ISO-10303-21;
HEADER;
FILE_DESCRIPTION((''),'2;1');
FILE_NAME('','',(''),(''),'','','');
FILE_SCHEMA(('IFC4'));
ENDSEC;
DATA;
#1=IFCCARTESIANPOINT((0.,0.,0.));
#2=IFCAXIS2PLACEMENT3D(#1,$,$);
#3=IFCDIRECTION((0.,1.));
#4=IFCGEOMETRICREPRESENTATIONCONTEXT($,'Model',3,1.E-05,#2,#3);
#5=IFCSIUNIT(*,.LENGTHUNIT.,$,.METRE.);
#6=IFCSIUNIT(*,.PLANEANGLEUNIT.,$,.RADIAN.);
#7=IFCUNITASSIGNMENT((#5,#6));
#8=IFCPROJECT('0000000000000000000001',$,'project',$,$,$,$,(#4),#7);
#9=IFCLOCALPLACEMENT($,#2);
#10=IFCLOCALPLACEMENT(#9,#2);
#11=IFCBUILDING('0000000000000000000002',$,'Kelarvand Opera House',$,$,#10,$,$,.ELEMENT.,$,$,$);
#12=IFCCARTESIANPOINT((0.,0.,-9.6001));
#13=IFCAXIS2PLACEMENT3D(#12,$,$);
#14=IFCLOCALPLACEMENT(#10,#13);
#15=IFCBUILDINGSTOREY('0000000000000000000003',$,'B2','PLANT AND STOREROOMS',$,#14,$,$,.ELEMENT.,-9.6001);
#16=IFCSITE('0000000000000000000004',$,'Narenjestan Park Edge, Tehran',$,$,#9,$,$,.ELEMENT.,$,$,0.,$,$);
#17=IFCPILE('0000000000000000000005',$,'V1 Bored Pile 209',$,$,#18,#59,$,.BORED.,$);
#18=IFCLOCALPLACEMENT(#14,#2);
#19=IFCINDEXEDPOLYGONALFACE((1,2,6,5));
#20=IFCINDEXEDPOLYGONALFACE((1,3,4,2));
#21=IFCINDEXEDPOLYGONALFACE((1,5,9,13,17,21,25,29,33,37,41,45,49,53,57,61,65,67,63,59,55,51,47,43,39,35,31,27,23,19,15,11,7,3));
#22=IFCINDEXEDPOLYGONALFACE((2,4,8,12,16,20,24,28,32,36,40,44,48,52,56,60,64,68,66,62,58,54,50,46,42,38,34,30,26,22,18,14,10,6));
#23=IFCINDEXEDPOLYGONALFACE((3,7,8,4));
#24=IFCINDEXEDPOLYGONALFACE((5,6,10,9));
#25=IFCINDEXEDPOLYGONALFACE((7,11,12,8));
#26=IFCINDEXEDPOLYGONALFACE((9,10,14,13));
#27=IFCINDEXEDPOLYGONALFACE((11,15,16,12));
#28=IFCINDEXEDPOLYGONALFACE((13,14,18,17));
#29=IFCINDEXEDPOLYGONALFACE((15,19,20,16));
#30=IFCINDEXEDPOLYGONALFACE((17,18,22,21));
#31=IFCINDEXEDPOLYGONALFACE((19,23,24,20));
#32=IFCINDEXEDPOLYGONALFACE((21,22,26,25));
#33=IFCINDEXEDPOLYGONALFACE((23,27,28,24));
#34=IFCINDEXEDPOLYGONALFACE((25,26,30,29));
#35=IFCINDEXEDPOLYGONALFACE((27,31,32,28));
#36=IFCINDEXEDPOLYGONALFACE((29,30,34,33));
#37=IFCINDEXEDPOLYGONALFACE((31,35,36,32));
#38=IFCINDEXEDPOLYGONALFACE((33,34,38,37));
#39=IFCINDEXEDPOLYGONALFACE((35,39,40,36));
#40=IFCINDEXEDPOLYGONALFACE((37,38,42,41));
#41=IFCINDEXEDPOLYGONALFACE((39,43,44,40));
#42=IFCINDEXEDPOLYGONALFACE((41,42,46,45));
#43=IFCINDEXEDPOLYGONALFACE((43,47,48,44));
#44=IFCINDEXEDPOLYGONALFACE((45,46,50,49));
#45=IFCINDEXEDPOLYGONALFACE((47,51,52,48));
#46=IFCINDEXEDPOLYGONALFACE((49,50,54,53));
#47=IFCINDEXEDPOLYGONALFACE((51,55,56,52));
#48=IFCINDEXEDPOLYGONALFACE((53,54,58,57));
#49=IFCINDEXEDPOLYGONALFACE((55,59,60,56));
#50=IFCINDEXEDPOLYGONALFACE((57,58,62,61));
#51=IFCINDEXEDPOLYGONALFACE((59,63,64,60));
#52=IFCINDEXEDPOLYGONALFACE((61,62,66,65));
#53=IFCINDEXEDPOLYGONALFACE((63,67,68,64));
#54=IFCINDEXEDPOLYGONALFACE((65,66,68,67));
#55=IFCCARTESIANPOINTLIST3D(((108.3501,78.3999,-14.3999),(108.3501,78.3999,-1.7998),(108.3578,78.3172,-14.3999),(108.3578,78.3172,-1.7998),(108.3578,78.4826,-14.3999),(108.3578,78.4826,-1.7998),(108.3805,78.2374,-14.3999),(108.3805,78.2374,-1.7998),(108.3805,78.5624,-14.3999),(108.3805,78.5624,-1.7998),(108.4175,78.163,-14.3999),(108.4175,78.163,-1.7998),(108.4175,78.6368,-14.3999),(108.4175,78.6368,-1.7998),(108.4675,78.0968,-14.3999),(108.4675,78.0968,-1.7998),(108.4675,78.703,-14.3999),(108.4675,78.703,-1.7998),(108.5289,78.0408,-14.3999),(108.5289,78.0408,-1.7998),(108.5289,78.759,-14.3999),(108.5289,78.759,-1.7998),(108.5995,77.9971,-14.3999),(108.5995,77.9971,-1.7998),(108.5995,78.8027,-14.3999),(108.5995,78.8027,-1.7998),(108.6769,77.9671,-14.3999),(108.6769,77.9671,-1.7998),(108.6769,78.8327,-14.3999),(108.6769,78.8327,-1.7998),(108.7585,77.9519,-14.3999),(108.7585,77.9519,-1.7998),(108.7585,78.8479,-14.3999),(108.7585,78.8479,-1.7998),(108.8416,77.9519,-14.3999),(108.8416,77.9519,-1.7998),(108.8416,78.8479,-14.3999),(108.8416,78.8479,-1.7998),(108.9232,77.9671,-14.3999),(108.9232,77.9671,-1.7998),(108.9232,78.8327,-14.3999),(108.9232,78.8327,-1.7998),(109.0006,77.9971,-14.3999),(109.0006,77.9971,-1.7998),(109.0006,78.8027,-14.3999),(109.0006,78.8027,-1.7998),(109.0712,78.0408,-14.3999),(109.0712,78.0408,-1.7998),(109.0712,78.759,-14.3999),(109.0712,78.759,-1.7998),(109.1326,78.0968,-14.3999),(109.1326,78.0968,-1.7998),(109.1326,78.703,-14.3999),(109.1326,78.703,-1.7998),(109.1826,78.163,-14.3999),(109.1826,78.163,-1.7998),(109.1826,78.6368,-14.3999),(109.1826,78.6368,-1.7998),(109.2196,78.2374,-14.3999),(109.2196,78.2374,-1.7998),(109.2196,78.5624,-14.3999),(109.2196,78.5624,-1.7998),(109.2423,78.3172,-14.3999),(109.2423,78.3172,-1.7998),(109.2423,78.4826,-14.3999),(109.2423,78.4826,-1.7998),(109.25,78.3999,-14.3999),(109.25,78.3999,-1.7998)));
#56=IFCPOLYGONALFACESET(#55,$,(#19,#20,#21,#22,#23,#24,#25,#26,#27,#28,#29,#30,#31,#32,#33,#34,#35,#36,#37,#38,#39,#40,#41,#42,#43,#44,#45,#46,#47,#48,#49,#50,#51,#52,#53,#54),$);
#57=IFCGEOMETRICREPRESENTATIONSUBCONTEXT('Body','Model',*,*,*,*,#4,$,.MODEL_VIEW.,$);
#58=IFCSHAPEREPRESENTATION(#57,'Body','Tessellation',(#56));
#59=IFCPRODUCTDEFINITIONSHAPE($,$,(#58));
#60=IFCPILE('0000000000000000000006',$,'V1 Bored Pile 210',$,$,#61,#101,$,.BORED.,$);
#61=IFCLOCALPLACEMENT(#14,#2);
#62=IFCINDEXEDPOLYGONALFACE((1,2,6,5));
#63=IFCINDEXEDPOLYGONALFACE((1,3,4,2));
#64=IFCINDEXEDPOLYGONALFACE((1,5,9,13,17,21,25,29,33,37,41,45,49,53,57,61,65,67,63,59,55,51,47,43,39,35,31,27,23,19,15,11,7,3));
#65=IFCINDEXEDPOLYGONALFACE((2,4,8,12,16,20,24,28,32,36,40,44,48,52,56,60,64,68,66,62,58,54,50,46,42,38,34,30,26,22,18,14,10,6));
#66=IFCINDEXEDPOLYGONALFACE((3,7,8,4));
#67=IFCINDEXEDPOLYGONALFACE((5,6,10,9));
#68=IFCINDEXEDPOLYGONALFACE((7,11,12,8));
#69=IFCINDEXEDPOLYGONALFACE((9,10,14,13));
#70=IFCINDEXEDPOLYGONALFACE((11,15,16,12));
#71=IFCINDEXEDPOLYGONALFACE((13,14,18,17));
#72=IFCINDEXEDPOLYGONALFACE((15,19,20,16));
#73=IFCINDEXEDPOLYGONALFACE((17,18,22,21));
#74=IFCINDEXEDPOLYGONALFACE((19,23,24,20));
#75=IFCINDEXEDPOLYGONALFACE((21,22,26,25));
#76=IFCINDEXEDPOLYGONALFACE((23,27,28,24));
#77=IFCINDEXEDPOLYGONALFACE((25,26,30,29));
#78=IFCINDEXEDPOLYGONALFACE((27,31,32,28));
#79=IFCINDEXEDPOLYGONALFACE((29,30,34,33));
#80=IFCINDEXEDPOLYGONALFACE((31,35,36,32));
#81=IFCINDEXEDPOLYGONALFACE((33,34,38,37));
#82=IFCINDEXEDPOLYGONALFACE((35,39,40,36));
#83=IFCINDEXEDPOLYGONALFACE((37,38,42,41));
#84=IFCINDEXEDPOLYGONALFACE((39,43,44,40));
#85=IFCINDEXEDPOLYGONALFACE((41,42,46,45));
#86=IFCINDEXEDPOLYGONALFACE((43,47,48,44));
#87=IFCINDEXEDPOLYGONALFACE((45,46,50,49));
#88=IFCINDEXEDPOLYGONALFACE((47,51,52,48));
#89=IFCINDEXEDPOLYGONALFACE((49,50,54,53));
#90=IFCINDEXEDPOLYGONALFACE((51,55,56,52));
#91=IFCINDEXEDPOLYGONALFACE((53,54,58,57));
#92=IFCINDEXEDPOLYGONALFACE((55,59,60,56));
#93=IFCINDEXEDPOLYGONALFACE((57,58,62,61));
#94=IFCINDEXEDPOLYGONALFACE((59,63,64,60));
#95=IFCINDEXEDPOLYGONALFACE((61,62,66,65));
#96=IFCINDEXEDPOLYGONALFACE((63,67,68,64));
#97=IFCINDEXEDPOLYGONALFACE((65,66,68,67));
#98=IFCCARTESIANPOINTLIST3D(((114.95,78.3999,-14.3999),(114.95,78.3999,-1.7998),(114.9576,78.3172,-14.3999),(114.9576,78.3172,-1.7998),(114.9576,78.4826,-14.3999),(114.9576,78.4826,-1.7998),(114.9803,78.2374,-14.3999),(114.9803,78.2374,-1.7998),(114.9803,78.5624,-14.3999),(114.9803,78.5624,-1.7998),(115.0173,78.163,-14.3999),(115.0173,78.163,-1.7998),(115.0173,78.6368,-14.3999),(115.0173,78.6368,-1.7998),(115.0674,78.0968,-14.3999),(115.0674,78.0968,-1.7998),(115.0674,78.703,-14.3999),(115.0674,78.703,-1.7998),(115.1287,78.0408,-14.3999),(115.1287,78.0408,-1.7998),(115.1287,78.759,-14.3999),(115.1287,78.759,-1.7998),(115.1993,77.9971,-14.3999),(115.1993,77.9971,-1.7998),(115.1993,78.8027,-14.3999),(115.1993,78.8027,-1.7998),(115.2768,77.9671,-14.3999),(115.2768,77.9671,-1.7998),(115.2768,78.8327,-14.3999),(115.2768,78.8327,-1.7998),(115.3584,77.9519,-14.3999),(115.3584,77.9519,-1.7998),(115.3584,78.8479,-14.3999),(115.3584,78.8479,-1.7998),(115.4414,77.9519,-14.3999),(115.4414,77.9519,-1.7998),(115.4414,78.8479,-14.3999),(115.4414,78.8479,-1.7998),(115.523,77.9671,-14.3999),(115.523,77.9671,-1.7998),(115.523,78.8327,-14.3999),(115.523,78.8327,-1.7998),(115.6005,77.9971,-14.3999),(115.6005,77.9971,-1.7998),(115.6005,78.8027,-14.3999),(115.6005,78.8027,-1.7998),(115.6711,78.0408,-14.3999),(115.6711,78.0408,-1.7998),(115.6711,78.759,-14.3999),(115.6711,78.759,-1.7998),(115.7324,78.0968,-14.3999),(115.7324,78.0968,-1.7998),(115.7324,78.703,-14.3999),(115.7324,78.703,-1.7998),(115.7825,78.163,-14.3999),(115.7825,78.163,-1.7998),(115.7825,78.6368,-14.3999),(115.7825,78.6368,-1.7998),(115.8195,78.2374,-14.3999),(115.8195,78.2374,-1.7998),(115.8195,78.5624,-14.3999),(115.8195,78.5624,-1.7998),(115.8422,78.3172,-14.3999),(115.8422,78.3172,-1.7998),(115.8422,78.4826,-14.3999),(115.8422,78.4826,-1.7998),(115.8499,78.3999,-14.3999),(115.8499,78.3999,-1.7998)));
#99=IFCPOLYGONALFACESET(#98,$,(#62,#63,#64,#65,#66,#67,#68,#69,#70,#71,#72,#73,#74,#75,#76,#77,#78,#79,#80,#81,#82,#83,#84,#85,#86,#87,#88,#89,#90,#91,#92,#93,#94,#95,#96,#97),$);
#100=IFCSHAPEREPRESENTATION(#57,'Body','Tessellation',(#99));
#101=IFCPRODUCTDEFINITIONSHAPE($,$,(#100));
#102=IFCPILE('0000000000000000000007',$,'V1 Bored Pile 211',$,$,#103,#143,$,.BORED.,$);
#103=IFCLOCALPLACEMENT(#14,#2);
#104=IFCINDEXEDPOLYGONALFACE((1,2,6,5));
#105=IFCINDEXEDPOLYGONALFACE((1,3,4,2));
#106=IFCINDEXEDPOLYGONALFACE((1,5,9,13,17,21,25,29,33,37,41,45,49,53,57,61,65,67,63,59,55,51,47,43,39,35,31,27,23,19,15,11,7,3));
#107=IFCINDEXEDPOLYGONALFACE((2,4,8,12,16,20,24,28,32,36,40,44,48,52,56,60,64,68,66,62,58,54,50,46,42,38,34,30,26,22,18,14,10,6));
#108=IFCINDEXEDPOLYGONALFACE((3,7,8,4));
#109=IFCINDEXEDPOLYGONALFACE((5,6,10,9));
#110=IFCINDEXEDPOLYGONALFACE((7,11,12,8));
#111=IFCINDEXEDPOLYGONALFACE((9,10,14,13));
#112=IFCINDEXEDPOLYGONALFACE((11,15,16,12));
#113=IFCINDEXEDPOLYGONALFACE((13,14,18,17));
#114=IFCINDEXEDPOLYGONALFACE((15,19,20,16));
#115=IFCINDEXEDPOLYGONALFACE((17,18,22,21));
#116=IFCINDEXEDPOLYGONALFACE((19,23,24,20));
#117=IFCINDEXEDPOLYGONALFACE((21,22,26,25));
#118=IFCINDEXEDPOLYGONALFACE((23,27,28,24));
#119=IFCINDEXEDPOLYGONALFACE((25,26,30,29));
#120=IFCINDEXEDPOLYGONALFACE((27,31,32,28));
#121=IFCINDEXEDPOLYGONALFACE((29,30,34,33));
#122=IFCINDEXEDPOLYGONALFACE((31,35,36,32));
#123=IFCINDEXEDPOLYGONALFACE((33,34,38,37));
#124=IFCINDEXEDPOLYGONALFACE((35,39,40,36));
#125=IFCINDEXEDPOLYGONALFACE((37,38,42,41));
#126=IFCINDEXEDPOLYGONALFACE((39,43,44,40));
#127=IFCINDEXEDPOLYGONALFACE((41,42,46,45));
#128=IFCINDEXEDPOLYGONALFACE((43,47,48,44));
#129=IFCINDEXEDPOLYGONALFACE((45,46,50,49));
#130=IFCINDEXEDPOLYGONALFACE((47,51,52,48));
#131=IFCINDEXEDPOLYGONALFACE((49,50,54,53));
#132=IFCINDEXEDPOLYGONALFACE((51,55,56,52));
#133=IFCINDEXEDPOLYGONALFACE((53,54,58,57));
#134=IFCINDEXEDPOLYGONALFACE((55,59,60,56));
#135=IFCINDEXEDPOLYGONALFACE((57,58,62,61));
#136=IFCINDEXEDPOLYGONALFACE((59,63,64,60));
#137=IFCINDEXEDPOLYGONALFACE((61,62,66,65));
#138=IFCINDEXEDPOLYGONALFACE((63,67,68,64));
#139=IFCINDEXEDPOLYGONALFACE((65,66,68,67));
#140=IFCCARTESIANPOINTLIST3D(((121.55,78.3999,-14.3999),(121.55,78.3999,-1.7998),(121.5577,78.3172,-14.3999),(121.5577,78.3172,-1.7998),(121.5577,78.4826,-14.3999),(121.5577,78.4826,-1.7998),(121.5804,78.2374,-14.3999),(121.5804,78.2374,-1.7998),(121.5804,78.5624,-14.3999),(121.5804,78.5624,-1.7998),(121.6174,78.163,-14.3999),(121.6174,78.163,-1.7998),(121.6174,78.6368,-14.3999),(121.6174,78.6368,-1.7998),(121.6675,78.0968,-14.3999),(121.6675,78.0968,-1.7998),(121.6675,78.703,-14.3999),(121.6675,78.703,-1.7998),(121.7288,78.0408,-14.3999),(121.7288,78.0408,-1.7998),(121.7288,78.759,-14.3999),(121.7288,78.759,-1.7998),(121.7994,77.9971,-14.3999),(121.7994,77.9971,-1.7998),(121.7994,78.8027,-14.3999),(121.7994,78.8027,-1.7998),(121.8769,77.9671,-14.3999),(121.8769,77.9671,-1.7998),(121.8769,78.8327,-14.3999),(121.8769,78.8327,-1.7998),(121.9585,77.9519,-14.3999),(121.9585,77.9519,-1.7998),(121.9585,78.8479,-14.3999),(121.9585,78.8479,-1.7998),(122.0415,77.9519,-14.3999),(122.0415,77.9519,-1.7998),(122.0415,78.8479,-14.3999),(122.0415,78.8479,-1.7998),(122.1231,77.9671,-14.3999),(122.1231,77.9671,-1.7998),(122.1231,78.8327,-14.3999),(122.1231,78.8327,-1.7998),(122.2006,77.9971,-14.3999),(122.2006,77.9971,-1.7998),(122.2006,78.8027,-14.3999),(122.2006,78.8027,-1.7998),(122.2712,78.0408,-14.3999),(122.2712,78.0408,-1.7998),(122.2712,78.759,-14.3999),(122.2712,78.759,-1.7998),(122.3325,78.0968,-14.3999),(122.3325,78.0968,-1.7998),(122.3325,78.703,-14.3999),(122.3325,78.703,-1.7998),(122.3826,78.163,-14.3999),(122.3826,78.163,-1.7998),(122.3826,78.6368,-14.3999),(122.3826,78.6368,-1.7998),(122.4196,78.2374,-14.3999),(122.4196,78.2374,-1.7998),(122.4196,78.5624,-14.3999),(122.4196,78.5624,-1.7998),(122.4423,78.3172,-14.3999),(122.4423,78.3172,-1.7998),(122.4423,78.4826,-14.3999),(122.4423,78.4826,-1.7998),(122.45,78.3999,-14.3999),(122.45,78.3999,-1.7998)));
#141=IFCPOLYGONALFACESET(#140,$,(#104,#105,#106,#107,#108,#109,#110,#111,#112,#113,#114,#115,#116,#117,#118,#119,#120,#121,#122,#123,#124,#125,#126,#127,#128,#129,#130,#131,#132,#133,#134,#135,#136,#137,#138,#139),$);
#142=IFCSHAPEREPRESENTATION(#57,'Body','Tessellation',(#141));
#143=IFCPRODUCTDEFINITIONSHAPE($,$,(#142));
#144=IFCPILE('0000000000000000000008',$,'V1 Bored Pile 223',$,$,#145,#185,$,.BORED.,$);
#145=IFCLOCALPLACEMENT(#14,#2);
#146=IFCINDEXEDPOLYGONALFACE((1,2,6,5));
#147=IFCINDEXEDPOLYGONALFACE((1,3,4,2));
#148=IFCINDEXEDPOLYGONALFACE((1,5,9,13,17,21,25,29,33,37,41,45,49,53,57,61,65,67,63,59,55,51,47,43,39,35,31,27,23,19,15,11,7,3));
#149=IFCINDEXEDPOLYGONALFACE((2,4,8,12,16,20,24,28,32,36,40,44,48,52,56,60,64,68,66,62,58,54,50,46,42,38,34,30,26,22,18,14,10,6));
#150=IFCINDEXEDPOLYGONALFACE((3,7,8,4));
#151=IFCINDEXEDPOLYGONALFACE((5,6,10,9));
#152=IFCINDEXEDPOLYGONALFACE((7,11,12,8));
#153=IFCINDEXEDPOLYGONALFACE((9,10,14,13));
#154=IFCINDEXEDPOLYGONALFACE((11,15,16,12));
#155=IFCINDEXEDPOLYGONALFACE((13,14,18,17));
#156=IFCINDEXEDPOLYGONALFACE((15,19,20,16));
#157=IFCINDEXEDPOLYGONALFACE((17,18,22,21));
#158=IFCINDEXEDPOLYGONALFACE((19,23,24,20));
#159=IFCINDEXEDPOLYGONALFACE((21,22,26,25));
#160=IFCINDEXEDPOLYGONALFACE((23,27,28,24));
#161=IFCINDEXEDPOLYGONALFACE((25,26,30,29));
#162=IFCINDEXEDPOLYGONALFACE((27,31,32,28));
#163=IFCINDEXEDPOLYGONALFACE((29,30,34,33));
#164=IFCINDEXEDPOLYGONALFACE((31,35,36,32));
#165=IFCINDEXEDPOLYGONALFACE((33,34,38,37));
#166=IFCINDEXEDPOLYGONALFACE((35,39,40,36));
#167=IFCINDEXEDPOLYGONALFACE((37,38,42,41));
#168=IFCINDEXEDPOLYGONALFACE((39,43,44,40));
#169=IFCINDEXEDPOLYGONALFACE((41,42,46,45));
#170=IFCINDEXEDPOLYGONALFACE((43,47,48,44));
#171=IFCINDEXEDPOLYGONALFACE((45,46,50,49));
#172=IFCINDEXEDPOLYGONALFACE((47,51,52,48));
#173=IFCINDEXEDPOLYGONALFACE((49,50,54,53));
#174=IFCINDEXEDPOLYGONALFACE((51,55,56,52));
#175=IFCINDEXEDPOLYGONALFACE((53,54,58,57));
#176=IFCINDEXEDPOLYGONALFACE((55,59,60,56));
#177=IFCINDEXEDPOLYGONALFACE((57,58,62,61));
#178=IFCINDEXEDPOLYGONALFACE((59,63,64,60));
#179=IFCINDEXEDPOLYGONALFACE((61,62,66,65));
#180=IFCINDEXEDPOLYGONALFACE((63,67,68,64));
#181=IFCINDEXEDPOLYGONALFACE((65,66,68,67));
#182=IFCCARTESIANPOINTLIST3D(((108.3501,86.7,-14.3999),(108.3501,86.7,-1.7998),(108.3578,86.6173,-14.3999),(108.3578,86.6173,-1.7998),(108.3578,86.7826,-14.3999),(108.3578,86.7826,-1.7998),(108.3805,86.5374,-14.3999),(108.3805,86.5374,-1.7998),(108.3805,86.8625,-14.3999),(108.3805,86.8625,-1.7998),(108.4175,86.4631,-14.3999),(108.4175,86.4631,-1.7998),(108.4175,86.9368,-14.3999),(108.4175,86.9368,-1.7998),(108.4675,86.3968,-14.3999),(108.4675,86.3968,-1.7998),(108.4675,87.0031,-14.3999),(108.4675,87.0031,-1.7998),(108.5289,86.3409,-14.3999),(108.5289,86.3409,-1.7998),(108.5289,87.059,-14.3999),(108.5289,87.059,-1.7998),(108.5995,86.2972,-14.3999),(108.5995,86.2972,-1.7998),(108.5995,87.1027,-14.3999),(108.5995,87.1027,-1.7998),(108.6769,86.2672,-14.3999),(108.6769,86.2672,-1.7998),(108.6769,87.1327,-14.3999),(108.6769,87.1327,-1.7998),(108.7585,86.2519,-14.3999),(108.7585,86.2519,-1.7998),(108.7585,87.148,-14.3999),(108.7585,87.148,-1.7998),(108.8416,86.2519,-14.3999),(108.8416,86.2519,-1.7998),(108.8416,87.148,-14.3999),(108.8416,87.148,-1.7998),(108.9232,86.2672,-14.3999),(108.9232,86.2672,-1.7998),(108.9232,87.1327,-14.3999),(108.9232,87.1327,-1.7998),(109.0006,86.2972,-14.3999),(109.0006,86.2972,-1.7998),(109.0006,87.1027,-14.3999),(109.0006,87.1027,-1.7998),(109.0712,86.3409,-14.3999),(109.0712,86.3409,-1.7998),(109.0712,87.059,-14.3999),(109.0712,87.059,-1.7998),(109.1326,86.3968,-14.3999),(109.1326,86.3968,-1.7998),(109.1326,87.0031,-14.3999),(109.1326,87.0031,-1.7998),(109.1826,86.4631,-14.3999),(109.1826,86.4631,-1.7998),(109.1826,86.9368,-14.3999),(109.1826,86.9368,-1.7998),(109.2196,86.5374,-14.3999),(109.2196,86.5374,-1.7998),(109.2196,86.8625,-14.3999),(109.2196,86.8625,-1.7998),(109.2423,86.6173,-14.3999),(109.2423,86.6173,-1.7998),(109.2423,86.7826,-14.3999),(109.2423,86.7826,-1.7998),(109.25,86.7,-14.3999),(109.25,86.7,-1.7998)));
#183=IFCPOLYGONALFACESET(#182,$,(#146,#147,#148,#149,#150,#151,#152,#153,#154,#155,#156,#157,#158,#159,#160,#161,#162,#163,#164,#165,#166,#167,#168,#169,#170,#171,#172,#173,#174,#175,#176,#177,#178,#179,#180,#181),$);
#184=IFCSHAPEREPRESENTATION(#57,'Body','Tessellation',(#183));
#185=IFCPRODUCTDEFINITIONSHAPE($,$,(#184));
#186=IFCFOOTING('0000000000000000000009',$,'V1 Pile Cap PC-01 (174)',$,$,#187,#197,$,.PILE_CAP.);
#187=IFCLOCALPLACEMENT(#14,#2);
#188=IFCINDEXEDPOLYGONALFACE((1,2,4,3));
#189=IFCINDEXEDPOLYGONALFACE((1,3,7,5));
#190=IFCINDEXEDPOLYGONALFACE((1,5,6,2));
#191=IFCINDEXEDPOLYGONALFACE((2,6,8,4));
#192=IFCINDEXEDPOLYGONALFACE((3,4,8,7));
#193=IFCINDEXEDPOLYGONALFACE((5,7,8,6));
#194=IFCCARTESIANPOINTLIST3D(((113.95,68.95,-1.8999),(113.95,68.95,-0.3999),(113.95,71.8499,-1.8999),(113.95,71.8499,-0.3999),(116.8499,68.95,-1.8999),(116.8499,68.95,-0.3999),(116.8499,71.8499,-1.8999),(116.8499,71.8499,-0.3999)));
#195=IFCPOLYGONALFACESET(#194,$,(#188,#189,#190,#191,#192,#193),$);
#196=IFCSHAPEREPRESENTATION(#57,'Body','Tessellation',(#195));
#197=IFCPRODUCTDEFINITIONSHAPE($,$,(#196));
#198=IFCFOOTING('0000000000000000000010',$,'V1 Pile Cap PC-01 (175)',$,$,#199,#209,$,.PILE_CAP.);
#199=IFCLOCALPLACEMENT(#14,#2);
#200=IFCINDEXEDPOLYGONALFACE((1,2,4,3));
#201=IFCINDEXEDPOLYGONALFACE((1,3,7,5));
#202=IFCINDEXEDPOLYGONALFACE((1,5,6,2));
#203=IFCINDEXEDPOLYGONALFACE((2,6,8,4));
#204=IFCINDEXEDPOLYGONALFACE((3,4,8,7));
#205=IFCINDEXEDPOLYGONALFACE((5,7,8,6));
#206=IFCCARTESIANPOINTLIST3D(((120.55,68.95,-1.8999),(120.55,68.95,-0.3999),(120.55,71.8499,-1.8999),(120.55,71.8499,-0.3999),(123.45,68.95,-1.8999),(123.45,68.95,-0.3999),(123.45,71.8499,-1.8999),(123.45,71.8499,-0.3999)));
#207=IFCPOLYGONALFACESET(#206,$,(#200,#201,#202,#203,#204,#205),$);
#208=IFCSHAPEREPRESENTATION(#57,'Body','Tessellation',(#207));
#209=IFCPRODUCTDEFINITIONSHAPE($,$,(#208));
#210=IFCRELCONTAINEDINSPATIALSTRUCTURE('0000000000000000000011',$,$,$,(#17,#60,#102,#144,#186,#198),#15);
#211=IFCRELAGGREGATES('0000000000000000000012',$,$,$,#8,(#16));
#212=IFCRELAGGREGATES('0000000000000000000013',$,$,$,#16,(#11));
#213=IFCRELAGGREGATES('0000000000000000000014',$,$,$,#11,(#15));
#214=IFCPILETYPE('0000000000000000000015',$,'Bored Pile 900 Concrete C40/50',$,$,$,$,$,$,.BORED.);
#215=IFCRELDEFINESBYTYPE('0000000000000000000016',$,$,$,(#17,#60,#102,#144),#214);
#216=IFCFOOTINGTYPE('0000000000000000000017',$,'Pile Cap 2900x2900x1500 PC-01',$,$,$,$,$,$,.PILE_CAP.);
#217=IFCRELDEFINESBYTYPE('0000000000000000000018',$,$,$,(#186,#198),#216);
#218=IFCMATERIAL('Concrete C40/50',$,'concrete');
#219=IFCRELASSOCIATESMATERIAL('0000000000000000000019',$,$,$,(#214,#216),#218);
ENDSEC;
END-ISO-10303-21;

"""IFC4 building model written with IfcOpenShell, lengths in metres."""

from ifc_helpers import new_model, si_unit, direction, frame, origin, origin_2d, place, context, subcontext, project, spatial, rectangle, circle, extrude, material, material_profile, profile_set, type_object, element, save


model = new_model("IFC4")

# Units and contexts
model_context = context("Model", 3, precision=1e-05, world=origin(), true_north=direction((0.0, 1.0)))
body_context = subcontext(model_context, "Body", "Model", "MODEL_VIEW")
ifc_project = project(units=[si_unit("LENGTHUNIT", "METRE"), si_unit("PLANEANGLEUNIT", "RADIAN")], contexts=[model_context])

# Site, building, storey
site_placement = place(None, origin())
site = spatial("IfcSite", under=ifc_project, at=site_placement, Name="Narenjestan Park Edge, Tehran", CompositionType="ELEMENT", RefElevation=0.0)
building_placement = place(site_placement, origin())
building = spatial("IfcBuilding", under=site, at=building_placement, Name="Kelarvand Opera House", CompositionType="ELEMENT")
storey_placement = place(building_placement, frame((0.0, 0.0, -9.6001)))
storey = spatial("IfcBuildingStorey", under=building, at=storey_placement, Name="B2", Description="PLANT AND STOREROOMS", CompositionType="ELEMENT", Elevation=-9.6001)

# Piles
ifc_material_1 = material(Name="Concrete C40/50", Category="concrete")
ifc_material_profile_1 = material_profile(ifc_material_1, circle(Radius=0.45, at=origin_2d()), Name="BP 900", Category="concrete")
ifc_profile_set_1 = profile_set([ifc_material_profile_1], Name="Concrete C40/50")
pile_type_1 = type_object("IfcPileType", Name="Bored Pile 900 Concrete C40/50", PredefinedType="BORED", material=ifc_profile_set_1)
for number, where, z_axis, x_axis, name in (
    (1, (108.8, 78.3999, -1.7998), (0.0, 0.0, -1.0), (1.0, 0.0, 0.0), "V1 Bored Pile 209"),
    (2, (115.3999, 78.3999, -1.7998), (0.0, 0.0, -1.0), (1.0, 0.0, 0.0), "V1 Bored Pile 210"),
    (3, (122.0, 78.3999, -1.7998), (0.0, 0.0, -1.0), (1.0, 0.0, 0.0), "V1 Bored Pile 211"),
    (4, (108.8, 86.7, -1.7998), (0.0, 0.0, -1.0), (1.0, 0.0, 0.0), "V1 Bored Pile 223"),
):
    element("IfcPile", number, at=place(storey_placement, frame(where, z_axis=z_axis, x_axis=x_axis)), inside=storey, type_object=pile_type_1, Name=name, PredefinedType="BORED", context=body_context, shape_type="SweptSolid", body=[
        extrude(circle(Radius=0.45, at=origin_2d()), origin(), (0.0, 0.0, 1.0), 12.6001),
    ])

# Footings
footing_type_1 = type_object("IfcFootingType", Name="Pile Cap 2900x2900x1500 PC-01", PredefinedType="PILE_CAP", material=ifc_material_1)
for number, where, z_axis, x_axis, name in (
    (5, (115.3999, 70.3999, -1.8999), (0.0, 0.0, 1.0), (1.0, 0.0, 0.0), "V1 Pile Cap PC-01 (174)"),
    (6, (122.0, 70.3999, -1.8999), (0.0, 0.0, 1.0), (1.0, 0.0, 0.0), "V1 Pile Cap PC-01 (175)"),
):
    element("IfcFooting", number, at=place(storey_placement, frame(where, z_axis=z_axis, x_axis=x_axis)), inside=storey, type_object=footing_type_1, Name=name, PredefinedType="PILE_CAP", context=body_context, shape_type="SweptSolid", body=[
        extrude(rectangle(XDim=2.8999, YDim=2.8999, at=origin_2d()), origin(), (0.0, 0.0, 1.0), 1.5),
    ])

save(model, "model.ifc")
